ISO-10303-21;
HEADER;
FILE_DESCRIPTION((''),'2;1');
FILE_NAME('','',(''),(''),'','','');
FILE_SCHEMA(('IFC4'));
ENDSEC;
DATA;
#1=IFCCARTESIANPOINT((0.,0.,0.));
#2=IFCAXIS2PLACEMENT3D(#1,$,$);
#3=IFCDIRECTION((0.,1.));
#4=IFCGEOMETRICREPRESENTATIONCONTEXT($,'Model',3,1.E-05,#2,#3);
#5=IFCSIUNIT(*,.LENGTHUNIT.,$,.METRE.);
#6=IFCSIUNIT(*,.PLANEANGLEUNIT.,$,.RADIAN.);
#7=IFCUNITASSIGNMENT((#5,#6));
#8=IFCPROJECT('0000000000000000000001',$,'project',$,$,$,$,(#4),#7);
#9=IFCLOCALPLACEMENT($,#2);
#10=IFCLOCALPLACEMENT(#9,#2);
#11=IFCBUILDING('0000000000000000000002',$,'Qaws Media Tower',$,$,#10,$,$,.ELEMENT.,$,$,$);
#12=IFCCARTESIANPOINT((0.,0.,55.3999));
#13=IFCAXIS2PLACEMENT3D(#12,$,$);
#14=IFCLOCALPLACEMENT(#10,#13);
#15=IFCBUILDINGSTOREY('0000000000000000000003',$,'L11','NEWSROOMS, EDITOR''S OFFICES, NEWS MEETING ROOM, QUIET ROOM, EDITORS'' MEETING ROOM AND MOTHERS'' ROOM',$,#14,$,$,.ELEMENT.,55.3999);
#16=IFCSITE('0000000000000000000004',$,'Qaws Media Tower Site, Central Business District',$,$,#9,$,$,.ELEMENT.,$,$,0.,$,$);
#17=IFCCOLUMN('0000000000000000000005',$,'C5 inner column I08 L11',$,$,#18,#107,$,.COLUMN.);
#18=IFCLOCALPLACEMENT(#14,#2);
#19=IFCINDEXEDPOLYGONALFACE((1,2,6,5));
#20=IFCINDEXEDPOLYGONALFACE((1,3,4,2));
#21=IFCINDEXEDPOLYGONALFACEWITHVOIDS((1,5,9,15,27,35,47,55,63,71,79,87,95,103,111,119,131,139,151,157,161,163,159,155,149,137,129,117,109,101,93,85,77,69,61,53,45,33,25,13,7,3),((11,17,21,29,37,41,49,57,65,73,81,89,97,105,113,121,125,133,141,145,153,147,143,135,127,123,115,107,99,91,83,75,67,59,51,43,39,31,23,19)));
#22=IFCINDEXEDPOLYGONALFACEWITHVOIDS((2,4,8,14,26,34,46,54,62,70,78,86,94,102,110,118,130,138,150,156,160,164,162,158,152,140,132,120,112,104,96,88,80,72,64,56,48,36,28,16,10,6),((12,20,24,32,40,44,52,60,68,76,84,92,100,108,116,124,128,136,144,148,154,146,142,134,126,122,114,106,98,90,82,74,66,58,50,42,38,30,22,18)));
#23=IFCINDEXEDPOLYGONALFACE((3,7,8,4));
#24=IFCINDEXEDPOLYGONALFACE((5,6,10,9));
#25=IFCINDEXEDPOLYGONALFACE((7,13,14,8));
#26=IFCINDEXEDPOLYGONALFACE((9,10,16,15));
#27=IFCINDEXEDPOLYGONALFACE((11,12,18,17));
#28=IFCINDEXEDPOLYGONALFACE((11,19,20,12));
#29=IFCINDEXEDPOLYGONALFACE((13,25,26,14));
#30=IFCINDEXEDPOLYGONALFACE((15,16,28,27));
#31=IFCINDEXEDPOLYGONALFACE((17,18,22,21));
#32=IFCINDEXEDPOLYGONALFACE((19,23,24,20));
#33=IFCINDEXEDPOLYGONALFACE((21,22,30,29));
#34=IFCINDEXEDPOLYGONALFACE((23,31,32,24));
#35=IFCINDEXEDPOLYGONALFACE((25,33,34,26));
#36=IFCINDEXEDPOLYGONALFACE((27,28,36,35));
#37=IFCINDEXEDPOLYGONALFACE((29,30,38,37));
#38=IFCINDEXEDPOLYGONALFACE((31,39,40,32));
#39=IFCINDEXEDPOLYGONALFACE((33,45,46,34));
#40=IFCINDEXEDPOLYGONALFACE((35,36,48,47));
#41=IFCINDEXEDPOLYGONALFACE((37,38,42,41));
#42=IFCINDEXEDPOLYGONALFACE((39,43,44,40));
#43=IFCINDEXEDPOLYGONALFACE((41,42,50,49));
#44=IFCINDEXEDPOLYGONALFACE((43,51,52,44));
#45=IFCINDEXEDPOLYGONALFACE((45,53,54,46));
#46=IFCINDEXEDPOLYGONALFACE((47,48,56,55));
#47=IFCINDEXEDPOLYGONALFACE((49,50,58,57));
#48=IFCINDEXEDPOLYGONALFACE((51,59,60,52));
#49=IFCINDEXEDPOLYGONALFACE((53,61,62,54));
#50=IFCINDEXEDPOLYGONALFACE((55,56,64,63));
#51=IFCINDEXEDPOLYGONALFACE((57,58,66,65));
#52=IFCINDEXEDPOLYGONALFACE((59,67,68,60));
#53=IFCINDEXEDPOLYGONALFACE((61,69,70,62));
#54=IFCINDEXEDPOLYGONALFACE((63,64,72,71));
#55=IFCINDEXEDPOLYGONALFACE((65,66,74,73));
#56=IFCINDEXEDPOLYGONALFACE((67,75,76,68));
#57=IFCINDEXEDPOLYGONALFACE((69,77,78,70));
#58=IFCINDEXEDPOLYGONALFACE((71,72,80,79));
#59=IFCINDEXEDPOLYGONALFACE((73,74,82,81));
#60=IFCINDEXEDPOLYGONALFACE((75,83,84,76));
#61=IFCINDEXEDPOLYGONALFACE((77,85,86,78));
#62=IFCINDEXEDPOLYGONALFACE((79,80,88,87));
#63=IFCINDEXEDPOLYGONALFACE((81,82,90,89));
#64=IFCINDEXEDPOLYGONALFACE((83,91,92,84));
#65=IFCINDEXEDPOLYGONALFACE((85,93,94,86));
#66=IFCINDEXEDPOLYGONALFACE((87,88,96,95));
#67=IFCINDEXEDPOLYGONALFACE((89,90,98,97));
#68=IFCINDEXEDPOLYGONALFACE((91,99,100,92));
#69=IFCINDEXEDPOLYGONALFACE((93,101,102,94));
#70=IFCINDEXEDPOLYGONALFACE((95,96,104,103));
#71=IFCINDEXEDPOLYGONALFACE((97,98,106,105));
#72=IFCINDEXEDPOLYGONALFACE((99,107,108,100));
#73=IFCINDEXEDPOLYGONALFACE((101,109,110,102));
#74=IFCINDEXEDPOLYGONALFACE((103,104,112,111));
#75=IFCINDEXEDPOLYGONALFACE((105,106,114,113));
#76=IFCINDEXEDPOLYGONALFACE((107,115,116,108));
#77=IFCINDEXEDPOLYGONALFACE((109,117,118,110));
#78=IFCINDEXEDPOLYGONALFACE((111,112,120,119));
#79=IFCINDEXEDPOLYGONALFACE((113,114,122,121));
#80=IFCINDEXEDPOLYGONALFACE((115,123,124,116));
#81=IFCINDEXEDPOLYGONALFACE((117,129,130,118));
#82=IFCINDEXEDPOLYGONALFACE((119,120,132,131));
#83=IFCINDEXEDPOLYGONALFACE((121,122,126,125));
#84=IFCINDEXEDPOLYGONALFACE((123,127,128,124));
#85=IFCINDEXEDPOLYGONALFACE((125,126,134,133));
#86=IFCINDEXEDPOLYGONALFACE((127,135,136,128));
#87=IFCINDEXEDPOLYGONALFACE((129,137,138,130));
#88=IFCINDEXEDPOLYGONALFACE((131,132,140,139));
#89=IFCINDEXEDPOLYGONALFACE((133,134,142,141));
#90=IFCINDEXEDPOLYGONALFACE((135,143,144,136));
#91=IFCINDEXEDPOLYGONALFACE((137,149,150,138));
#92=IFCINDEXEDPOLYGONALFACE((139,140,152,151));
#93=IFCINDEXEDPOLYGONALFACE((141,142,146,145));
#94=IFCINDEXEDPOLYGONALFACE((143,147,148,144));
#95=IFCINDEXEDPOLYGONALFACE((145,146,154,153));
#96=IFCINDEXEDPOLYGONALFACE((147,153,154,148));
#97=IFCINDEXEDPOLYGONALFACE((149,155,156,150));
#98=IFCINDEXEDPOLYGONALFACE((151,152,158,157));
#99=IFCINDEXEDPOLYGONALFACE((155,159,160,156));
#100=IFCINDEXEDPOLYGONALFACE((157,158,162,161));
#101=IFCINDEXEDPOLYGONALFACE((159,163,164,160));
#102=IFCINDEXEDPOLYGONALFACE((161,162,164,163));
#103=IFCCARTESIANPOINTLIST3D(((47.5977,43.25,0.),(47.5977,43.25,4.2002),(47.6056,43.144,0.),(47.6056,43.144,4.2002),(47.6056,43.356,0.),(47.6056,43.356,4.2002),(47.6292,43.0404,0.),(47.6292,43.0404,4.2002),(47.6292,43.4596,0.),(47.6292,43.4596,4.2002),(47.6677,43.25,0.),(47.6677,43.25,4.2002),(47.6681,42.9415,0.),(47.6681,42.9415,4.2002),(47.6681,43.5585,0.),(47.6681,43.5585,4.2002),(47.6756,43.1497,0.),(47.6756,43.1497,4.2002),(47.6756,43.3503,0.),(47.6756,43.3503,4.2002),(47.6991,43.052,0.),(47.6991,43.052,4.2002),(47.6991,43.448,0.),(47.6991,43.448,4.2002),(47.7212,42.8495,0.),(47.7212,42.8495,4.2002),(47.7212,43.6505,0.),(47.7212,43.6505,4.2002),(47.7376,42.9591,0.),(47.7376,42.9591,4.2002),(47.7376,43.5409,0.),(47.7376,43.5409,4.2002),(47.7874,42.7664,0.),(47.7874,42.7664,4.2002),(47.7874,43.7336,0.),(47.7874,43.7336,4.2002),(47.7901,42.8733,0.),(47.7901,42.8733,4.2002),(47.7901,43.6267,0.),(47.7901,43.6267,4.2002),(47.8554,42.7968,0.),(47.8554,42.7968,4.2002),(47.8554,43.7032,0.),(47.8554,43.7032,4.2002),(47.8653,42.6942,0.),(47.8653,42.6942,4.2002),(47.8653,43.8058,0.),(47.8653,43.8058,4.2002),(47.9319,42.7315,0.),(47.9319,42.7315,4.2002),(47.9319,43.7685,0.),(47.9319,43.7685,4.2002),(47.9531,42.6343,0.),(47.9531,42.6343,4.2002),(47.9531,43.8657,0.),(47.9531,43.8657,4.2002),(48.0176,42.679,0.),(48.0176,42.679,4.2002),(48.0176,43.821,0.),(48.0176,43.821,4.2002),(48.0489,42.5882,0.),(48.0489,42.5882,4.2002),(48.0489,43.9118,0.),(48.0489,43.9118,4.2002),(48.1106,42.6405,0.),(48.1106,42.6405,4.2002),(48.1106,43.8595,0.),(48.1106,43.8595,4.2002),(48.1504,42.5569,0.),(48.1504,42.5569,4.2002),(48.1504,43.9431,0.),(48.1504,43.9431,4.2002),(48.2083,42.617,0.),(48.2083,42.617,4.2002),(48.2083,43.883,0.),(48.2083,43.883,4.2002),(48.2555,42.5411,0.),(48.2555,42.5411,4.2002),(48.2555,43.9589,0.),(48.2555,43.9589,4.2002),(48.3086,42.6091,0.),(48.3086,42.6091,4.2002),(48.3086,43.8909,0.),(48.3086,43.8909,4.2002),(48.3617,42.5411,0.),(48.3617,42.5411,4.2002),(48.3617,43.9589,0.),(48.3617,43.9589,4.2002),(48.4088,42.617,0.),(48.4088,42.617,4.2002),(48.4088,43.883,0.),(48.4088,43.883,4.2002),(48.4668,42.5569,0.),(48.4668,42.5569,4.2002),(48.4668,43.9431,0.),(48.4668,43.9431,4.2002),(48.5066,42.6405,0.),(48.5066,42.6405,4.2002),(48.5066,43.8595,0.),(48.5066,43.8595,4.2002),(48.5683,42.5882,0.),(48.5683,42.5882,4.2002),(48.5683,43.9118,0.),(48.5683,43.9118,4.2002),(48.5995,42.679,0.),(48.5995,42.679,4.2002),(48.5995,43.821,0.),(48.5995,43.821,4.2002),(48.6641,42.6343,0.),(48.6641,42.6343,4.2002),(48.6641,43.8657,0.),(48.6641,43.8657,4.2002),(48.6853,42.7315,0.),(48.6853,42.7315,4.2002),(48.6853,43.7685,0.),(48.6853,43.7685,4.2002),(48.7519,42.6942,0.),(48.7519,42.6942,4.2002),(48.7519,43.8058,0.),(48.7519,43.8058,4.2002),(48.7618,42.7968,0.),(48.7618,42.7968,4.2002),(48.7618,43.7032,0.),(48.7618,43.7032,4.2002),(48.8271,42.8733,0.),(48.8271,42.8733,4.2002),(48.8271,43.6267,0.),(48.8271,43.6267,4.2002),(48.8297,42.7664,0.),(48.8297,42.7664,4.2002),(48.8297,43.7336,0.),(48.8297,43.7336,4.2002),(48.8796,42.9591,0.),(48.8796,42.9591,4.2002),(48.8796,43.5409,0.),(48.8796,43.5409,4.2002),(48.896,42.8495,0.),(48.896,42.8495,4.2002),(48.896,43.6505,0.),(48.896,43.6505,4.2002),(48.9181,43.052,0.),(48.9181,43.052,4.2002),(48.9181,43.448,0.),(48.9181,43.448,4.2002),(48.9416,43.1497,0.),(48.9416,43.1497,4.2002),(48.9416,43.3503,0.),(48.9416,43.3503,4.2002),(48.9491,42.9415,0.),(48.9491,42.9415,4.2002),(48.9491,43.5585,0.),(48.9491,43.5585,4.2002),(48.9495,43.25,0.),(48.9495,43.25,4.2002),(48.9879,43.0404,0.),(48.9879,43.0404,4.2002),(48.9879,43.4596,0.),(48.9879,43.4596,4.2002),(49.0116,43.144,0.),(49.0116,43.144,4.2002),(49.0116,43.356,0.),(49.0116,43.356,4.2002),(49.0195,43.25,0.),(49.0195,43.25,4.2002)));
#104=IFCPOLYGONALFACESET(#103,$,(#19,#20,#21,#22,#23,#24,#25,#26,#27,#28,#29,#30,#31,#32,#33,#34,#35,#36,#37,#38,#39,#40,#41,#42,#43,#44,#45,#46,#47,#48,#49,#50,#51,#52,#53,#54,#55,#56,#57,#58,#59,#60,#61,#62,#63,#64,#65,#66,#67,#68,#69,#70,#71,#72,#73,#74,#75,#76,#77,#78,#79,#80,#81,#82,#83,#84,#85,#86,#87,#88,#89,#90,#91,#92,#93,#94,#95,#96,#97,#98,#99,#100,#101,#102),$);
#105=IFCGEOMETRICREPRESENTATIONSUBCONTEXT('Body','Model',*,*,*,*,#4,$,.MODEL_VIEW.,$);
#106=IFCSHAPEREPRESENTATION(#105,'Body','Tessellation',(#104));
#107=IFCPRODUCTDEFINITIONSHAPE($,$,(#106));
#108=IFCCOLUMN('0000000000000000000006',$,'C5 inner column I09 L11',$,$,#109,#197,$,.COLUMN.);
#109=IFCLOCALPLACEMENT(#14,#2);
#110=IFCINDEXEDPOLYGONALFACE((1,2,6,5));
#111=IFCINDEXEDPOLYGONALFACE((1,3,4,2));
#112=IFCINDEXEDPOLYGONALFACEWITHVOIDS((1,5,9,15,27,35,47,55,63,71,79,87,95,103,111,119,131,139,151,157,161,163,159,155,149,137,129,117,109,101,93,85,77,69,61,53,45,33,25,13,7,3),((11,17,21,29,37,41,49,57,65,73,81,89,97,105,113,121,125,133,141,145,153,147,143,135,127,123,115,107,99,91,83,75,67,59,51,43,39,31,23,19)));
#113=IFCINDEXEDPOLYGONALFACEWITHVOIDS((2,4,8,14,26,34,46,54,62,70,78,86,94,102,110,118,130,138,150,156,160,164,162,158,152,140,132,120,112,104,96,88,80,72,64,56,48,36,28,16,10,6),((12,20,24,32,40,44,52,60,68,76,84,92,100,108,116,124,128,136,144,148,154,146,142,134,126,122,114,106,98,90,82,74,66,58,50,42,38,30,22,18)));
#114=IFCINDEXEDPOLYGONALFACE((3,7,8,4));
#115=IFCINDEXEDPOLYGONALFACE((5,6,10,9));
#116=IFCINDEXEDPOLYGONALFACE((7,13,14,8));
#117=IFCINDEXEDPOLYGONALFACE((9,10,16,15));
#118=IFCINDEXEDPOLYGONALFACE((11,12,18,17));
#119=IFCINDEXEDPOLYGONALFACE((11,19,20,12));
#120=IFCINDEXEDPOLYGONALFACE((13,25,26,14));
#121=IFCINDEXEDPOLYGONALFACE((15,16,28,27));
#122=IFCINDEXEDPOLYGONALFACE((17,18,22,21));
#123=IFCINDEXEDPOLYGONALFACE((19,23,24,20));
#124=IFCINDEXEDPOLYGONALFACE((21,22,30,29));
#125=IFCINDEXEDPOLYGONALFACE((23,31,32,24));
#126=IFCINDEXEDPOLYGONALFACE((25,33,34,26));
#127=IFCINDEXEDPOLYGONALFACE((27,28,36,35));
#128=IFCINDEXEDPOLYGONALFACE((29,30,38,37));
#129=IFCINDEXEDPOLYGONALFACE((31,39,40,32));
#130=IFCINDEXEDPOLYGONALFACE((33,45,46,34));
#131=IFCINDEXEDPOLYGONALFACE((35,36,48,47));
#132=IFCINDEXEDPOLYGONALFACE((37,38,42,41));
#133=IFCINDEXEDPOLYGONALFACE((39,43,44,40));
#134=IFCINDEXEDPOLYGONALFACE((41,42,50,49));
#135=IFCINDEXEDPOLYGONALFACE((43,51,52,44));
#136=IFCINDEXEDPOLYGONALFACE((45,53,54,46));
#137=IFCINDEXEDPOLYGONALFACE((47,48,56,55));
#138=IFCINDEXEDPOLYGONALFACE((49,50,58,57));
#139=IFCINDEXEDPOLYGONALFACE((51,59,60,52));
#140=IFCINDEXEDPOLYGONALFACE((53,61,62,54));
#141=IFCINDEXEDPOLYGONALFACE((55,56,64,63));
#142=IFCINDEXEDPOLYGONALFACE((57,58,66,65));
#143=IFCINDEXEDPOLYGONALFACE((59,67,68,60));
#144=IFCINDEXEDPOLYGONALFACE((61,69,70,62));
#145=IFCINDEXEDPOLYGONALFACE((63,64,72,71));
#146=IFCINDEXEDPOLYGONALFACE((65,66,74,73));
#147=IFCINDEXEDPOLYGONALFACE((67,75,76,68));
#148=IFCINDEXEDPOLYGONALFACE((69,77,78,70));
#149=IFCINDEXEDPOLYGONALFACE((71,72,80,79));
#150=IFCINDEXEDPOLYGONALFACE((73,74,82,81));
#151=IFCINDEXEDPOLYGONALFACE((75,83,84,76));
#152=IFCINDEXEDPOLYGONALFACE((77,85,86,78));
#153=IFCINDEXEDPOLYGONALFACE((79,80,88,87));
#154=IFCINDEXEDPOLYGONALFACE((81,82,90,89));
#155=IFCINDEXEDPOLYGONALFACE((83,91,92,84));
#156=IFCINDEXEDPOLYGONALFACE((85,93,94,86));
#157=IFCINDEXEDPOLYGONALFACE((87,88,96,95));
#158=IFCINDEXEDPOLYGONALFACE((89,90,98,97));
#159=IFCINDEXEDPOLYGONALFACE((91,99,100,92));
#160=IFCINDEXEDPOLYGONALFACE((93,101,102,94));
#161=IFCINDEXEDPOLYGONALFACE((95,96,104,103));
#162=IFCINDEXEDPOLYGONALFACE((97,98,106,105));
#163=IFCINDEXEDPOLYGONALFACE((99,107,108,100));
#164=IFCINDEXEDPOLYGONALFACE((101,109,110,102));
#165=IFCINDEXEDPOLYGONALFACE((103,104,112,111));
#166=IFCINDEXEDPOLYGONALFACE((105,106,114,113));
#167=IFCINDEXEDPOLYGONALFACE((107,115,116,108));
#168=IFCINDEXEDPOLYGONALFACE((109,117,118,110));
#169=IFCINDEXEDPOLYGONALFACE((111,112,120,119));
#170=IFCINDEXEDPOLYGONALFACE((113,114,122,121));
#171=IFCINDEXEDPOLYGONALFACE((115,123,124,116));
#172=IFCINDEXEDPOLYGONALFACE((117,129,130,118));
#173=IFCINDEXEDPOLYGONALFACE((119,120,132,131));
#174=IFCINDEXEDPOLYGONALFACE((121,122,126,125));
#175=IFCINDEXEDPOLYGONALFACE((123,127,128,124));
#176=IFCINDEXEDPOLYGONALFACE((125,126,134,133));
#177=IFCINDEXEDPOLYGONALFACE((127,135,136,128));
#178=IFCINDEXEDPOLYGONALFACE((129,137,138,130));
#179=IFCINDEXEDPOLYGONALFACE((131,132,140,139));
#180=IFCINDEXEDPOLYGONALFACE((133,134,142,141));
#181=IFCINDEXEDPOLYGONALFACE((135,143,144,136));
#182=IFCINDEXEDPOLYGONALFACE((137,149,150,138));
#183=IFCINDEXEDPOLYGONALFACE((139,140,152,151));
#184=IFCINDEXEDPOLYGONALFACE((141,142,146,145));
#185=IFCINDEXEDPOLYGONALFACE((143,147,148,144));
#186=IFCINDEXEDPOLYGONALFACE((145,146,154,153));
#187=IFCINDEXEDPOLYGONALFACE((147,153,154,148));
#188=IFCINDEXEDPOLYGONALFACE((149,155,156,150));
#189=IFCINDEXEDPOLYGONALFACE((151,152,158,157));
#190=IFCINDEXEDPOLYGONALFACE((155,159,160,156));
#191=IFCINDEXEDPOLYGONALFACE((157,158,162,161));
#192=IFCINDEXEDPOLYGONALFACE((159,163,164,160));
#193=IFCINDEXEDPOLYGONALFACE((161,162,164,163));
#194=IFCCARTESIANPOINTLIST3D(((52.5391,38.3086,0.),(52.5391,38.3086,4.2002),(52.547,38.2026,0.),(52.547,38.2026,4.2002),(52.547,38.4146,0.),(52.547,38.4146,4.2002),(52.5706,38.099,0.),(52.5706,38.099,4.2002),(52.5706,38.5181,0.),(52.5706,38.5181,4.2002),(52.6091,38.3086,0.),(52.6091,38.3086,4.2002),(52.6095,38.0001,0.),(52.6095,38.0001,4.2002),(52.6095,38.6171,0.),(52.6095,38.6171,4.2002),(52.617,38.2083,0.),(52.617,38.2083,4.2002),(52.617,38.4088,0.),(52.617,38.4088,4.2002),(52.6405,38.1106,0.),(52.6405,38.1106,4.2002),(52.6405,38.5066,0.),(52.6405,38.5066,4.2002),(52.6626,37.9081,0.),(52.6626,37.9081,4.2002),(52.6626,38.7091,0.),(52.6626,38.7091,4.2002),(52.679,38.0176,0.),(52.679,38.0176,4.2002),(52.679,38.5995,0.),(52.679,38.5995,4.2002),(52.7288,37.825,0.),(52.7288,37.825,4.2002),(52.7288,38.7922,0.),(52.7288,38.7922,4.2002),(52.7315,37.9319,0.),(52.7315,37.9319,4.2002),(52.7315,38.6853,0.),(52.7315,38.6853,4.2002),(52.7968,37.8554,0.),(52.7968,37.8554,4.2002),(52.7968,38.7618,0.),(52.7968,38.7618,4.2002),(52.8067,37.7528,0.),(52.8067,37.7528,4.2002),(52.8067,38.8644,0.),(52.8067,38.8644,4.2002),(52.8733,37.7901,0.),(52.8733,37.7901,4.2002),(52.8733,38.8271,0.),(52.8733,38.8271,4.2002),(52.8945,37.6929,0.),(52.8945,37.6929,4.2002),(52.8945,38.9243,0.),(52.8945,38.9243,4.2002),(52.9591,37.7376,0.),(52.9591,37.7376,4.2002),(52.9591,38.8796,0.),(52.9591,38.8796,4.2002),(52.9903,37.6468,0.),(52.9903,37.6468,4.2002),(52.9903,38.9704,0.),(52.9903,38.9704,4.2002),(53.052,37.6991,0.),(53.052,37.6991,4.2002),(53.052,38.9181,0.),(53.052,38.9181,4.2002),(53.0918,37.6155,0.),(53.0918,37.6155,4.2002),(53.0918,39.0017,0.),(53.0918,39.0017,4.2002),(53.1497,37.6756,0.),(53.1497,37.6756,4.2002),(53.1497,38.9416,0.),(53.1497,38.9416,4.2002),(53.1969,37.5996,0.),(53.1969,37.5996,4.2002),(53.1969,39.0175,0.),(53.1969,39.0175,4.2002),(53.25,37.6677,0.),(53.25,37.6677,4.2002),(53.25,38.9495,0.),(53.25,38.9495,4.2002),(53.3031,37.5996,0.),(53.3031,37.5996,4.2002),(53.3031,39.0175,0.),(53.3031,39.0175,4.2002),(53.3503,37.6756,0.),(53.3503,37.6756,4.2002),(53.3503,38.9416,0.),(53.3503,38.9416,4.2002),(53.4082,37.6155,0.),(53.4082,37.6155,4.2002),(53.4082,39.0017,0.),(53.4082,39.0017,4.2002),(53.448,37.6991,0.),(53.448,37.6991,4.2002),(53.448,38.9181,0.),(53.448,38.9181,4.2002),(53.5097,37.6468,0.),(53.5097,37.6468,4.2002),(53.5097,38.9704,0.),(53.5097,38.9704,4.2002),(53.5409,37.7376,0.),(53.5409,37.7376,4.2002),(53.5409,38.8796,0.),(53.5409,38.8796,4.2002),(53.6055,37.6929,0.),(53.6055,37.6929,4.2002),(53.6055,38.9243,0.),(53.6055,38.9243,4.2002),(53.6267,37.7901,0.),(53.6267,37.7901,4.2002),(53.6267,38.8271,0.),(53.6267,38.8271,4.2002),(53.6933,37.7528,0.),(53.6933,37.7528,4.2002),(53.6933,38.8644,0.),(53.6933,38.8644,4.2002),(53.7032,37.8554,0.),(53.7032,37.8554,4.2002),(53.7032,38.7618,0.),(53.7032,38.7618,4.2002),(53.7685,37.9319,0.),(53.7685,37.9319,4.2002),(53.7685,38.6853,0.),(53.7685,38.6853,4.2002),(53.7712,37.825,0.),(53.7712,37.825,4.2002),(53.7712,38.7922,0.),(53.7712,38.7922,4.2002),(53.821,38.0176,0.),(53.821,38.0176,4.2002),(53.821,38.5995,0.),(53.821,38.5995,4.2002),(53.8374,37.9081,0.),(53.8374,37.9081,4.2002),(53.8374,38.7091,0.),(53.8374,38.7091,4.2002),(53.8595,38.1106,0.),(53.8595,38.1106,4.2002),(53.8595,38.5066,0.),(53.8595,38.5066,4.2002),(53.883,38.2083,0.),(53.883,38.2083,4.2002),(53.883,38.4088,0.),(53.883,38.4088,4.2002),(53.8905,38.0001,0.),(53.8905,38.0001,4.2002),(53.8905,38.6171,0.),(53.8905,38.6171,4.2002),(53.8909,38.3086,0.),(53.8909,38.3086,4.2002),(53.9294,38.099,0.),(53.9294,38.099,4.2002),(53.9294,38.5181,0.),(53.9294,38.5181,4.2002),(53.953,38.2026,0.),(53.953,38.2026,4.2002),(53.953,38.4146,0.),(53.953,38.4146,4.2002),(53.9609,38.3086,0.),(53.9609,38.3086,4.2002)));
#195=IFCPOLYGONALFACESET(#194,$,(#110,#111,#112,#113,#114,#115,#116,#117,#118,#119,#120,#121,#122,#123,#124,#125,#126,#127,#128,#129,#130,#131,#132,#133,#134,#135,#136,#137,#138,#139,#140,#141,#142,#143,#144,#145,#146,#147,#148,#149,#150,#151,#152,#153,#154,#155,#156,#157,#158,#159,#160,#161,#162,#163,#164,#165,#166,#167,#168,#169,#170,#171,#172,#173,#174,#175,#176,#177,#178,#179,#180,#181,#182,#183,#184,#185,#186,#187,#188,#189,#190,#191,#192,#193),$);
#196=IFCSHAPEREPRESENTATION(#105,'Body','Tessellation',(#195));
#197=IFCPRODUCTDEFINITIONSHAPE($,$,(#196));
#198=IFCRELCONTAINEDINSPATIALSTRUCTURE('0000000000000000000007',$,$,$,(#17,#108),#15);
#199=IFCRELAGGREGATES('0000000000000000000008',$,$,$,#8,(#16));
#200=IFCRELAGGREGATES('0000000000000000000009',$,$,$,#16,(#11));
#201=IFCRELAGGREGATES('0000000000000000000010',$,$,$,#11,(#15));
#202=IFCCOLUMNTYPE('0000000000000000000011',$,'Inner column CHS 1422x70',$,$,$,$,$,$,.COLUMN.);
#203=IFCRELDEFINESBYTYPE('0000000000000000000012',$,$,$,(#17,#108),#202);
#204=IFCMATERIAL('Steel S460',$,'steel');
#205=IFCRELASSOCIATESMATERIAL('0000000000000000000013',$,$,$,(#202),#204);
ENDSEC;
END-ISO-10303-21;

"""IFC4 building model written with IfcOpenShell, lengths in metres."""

from ifc_helpers import new_model, si_unit, direction, frame, origin, origin_2d, place, context, subcontext, project, spatial, hollow_circle, extrude, material, material_profile, profile_set, type_object, element, save


model = new_model("IFC4")

# Units and contexts
model_context = context("Model", 3, precision=1e-05, world=origin(), true_north=direction((0.0, 1.0)))
body_context = subcontext(model_context, "Body", "Model", "MODEL_VIEW")
ifc_project = project(units=[si_unit("LENGTHUNIT", "METRE"), si_unit("PLANEANGLEUNIT", "RADIAN")], contexts=[model_context])

# Site, building, storey
site_placement = place(None, origin())
site = spatial("IfcSite", under=ifc_project, at=site_placement, Name="Qaws Media Tower Site, Central Business District", CompositionType="ELEMENT", RefElevation=0.0)
building_placement = place(site_placement, origin())
building = spatial("IfcBuilding", under=site, at=building_placement, Name="Qaws Media Tower", CompositionType="ELEMENT")
storey_placement = place(building_placement, frame((0.0, 0.0, 55.3999)))
storey = spatial("IfcBuildingStorey", under=building, at=storey_placement, Name="L11", Description="NEWSROOMS, EDITOR'S OFFICES, NEWS MEETING ROOM, QUIET ROOM, EDITORS' MEETING ROOM AND MOTHERS' ROOM", CompositionType="ELEMENT", Elevation=55.3999)

# Columns
ifc_material_1 = material(Name="Steel S460", Category="steel")
ifc_material_profile_1 = material_profile(ifc_material_1, hollow_circle(Radius=0.7109, WallThickness=0.0701, at=origin_2d()), Name="CHS 1422x70")
ifc_profile_set_1 = profile_set([ifc_material_profile_1], Name="Steel S460")
column_type = type_object("IfcColumnType", Name="Inner column CHS 1422x70", PredefinedType="COLUMN", material=ifc_profile_set_1)
for number, where, z_axis, x_axis, name in (
    (1, (48.3086, 43.25, 0.0), (0.0, 0.0, 1.0), (1.0, 0.0, 0.0), "C5 inner column I08 L11"),
    (2, (53.25, 38.3086, 0.0), (0.0, 0.0, 1.0), (1.0, 0.0, 0.0), "C5 inner column I09 L11"),
):
    element("IfcColumn", number, at=place(storey_placement, frame(where, z_axis=z_axis, x_axis=x_axis)), inside=storey, type_object=column_type, Name=name, PredefinedType="COLUMN", context=body_context, shape_type="SweptSolid", body=[
        extrude(hollow_circle(Radius=0.7109, WallThickness=0.0701, at=origin_2d()), origin(), (0.0, 0.0, 1.0), 4.2002),
    ])

save(model, "model.ifc")
